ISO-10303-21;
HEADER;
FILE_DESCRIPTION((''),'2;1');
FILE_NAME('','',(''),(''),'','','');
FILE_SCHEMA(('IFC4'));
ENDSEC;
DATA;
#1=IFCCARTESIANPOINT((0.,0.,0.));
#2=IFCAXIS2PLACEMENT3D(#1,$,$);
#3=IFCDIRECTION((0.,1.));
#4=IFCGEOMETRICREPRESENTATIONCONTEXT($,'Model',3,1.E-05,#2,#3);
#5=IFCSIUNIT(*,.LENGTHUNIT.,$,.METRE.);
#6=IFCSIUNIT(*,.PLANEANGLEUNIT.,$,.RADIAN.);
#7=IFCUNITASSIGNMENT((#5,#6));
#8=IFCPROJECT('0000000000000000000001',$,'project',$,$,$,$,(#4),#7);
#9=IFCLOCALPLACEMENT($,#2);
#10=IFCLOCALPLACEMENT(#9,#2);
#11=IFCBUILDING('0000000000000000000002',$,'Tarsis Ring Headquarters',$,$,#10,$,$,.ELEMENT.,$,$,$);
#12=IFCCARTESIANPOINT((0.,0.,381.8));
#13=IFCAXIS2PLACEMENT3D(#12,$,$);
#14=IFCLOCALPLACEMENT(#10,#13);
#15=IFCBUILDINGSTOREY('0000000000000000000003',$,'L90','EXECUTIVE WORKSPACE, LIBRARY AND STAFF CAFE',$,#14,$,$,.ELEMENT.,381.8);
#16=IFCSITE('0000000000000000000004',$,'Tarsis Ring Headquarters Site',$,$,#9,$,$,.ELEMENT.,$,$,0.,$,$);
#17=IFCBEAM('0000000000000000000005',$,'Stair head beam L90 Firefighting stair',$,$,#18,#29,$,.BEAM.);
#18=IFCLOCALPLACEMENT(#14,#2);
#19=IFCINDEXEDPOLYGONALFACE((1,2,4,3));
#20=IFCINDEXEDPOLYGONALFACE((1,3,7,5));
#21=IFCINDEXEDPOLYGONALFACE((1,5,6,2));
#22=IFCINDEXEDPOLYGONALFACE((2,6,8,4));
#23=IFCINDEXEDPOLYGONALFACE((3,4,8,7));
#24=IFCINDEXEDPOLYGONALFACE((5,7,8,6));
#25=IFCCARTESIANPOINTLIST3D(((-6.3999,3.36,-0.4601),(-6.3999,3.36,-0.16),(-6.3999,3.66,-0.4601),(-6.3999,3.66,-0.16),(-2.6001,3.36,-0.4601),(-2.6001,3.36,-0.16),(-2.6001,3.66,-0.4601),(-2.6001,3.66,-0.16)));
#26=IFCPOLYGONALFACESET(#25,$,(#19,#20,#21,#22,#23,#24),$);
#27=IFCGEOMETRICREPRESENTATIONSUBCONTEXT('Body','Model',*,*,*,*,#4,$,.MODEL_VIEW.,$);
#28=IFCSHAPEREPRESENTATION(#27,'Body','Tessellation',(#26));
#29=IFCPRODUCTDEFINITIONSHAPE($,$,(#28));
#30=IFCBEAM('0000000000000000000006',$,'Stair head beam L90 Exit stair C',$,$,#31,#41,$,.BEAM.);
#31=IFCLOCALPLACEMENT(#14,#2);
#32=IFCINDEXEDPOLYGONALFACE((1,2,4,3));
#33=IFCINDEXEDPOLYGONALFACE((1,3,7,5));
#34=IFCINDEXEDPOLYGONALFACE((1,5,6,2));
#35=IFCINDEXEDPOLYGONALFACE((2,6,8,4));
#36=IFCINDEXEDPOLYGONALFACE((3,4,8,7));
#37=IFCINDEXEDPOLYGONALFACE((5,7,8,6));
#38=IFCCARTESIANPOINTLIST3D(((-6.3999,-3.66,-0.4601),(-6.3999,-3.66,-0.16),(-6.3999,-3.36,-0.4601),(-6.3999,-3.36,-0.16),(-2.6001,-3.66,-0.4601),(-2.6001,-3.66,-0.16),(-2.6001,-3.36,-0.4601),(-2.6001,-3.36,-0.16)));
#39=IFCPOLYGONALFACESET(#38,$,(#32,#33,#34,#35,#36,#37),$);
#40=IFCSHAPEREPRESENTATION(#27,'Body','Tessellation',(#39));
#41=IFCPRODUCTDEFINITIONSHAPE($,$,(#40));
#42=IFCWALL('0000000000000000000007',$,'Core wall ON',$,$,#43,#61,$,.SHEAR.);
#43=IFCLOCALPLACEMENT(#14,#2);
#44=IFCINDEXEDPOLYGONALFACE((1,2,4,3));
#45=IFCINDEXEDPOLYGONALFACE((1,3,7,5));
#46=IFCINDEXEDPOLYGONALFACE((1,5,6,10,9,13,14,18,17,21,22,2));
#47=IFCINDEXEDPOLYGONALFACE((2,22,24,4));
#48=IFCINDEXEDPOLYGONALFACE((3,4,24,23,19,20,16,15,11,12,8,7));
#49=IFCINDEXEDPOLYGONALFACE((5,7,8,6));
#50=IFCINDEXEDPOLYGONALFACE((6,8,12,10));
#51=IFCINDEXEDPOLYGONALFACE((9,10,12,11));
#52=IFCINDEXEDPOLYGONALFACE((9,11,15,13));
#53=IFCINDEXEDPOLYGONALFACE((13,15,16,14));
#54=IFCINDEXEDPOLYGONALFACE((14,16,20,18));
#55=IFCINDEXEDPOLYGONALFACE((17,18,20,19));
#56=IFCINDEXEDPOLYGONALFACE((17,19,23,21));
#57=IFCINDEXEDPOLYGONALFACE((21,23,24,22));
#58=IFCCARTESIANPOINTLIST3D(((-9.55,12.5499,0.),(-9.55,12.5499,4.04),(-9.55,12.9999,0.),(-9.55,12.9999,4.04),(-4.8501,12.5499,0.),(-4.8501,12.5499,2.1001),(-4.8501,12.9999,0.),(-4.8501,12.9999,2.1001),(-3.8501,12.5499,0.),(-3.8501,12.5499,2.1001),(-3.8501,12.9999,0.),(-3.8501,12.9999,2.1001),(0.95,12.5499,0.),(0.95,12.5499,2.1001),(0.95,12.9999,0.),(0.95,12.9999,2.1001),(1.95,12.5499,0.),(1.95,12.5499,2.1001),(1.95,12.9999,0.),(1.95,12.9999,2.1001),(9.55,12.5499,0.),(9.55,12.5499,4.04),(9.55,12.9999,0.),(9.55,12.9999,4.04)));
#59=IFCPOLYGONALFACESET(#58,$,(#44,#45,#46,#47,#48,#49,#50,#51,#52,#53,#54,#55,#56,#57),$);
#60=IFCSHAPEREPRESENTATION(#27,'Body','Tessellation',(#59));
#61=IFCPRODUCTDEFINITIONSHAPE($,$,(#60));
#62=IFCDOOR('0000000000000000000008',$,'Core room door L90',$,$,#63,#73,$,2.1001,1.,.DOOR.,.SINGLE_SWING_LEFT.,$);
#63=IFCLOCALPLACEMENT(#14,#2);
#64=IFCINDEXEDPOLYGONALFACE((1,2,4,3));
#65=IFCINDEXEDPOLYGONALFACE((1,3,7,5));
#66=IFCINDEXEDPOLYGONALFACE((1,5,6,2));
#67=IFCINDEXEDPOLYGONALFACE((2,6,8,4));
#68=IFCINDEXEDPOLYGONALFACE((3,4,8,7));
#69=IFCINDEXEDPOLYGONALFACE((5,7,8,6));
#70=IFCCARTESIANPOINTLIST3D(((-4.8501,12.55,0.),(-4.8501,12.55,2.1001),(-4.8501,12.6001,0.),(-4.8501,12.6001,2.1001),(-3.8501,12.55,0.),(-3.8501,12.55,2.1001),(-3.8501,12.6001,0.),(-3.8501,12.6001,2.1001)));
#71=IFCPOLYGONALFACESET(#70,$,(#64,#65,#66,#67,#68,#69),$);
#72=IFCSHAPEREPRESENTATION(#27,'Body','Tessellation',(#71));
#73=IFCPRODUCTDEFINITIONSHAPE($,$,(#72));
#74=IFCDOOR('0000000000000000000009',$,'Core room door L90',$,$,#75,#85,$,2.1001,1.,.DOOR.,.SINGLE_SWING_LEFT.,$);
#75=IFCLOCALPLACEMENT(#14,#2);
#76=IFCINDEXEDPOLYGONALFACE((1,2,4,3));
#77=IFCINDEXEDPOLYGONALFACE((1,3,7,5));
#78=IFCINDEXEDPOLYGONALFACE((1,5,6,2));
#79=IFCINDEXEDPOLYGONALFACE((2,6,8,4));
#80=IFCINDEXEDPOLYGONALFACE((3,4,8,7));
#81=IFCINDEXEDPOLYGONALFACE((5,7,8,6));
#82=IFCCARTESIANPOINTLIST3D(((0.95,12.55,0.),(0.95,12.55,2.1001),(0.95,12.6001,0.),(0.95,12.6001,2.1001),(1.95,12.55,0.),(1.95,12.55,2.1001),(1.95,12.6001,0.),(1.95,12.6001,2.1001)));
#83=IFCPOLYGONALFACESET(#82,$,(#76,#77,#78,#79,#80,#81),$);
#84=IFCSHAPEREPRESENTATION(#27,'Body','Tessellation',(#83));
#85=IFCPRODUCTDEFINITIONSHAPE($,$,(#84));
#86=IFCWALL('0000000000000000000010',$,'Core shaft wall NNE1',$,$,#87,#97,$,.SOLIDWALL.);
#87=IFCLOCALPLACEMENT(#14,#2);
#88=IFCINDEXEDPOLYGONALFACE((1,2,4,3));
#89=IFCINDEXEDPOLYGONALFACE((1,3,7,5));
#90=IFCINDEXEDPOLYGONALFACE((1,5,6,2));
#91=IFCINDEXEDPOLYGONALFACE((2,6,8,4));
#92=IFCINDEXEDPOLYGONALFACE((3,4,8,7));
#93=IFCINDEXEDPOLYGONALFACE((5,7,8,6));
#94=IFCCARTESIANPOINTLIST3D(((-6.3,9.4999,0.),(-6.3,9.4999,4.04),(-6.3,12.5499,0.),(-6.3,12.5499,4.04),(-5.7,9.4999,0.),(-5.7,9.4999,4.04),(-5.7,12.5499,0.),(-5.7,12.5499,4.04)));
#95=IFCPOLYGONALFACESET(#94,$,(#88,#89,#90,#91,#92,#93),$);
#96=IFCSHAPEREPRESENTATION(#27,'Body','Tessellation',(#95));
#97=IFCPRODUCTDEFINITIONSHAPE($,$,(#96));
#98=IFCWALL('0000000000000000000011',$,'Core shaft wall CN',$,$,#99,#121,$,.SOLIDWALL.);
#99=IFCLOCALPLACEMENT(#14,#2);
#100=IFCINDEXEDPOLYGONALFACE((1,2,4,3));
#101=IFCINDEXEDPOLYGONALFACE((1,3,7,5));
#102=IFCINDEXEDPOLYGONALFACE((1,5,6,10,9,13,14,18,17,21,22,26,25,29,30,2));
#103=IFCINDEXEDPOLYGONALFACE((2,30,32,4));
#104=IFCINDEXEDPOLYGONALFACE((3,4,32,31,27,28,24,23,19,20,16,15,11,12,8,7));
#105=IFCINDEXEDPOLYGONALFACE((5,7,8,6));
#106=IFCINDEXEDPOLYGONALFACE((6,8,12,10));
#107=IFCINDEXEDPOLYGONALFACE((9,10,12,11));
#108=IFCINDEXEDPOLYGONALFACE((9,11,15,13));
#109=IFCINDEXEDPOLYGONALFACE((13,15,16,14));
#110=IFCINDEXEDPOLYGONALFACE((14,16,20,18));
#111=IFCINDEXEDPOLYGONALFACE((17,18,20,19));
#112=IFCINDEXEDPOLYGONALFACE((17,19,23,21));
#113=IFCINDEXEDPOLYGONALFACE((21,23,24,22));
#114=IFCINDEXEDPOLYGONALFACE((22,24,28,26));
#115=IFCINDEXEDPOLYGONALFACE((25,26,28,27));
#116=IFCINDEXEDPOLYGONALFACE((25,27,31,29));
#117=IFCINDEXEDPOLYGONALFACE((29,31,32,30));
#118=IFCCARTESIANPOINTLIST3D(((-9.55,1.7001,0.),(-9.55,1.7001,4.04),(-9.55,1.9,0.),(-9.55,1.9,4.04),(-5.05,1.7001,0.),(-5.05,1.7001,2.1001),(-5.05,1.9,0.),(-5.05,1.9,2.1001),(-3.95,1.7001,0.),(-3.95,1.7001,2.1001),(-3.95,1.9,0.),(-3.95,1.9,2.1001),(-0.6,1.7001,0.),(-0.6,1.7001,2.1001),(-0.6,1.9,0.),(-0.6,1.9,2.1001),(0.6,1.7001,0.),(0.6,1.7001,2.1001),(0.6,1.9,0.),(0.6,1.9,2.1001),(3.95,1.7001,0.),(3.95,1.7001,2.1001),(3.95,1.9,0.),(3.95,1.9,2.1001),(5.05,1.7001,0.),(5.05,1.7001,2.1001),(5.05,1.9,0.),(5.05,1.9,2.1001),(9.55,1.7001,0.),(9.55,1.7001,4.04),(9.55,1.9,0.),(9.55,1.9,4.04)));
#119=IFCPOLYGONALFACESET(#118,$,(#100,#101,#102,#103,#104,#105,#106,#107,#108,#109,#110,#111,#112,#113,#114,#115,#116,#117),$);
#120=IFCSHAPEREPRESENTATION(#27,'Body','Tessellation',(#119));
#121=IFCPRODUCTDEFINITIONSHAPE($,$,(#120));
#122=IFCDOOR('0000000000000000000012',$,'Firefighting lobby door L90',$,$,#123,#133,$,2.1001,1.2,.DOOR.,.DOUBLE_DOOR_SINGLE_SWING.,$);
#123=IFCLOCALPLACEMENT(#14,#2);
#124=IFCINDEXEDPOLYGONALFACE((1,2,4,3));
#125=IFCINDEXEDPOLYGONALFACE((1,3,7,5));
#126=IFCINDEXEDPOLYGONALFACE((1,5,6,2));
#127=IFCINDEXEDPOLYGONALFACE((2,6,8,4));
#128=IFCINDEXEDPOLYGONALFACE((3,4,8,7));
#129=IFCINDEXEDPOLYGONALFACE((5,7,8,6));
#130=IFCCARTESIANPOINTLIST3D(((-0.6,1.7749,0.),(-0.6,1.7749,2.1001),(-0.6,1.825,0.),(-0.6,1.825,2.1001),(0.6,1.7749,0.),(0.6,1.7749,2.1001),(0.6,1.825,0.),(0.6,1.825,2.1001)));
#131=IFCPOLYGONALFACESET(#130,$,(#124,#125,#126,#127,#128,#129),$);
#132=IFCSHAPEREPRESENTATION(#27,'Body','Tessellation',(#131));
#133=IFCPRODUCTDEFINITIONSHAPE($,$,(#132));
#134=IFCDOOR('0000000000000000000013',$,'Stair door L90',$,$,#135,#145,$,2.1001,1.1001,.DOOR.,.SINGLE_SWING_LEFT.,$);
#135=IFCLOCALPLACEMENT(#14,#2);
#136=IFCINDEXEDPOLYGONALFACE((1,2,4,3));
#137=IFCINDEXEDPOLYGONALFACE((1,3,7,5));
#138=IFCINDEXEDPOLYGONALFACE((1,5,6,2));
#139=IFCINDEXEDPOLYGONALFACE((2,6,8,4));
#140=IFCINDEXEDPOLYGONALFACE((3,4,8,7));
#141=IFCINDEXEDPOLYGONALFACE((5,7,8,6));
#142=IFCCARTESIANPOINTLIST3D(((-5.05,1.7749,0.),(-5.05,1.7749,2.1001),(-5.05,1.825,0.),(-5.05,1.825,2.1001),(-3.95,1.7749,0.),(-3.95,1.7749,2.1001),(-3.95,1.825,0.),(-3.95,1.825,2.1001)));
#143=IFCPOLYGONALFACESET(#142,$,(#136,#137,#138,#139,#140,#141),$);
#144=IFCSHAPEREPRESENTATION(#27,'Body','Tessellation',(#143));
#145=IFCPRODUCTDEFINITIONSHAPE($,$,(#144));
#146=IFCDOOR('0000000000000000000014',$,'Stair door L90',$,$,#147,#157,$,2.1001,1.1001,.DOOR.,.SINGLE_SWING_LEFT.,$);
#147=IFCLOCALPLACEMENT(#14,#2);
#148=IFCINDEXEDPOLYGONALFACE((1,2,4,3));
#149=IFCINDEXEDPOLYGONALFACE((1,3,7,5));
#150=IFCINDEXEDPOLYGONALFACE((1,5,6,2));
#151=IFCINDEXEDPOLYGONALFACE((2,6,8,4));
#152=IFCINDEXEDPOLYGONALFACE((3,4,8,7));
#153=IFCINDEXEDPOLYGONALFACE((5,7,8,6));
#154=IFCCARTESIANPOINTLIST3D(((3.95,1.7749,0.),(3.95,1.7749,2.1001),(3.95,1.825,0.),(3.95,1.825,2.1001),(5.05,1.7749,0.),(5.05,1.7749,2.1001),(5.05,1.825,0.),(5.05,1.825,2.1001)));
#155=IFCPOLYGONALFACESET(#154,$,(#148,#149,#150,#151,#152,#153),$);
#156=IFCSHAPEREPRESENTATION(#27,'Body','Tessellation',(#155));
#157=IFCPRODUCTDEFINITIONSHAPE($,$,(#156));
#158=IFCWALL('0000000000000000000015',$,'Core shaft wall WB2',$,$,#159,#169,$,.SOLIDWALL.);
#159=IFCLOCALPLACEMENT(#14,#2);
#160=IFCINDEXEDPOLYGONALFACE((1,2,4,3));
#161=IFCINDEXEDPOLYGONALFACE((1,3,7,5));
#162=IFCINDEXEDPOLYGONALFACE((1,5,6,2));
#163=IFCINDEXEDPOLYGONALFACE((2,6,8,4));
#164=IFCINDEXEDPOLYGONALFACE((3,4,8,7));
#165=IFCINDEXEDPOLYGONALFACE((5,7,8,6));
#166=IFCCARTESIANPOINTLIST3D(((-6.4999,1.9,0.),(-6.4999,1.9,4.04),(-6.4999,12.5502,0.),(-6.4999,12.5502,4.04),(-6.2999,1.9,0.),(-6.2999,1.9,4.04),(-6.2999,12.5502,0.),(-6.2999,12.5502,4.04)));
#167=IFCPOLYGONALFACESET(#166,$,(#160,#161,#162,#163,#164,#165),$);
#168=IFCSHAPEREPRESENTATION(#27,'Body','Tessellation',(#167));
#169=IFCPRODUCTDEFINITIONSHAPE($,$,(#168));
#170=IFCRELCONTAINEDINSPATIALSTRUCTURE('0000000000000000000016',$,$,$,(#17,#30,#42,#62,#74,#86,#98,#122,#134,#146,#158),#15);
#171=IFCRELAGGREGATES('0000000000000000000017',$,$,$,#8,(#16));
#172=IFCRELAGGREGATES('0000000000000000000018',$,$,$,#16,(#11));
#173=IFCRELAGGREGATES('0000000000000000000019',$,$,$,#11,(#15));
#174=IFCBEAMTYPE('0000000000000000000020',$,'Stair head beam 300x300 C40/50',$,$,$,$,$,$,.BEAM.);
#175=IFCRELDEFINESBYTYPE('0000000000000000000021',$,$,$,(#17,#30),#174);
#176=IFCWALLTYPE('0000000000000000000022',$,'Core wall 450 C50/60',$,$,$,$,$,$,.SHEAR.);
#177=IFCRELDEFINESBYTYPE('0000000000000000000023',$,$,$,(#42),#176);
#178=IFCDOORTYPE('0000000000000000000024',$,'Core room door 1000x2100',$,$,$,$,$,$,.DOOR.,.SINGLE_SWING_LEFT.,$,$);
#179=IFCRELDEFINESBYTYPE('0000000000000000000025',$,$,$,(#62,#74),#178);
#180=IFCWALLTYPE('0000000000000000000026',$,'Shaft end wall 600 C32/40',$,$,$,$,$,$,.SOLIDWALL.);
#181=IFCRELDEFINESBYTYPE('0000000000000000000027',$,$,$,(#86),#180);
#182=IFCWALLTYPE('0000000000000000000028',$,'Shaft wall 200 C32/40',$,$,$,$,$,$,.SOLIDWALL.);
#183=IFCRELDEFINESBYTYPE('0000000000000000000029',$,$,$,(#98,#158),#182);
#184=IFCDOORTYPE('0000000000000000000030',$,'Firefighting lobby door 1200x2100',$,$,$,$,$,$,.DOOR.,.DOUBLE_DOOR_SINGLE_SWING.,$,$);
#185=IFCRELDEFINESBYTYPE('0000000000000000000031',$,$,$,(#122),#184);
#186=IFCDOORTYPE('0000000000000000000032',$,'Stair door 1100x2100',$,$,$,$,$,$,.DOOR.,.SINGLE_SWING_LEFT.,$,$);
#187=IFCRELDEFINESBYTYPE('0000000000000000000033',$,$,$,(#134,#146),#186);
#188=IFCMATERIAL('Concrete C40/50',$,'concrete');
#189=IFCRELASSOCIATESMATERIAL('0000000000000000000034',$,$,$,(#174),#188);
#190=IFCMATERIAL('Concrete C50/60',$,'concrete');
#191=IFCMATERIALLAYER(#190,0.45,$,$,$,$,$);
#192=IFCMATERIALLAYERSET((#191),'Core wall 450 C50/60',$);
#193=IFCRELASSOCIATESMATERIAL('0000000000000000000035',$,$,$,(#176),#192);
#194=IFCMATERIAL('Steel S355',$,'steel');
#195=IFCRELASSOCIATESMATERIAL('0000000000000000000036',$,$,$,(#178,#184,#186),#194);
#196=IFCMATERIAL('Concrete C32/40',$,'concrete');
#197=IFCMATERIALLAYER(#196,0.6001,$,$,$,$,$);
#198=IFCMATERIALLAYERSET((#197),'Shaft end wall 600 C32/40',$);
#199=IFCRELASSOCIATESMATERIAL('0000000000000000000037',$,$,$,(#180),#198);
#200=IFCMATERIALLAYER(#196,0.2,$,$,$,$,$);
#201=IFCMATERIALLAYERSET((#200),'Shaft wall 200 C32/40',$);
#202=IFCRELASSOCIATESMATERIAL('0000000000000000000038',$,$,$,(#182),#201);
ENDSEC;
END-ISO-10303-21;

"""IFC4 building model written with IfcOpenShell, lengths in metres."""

from ifc_helpers import new_model, si_unit, direction, frame, frame_2d, origin, origin_2d, place, context, subcontext, project, spatial, rectangle, extrude, material, layer, layer_set, material_profile, profile_set, type_object, element, fill, save


model = new_model("IFC4")

# Units and contexts
model_context = context("Model", 3, precision=1e-05, world=origin(), true_north=direction((0.0, 1.0)))
body_context = subcontext(model_context, "Body", "Model", "MODEL_VIEW")
ifc_project = project(units=[si_unit("LENGTHUNIT", "METRE"), si_unit("PLANEANGLEUNIT", "RADIAN")], contexts=[model_context])

# Site, building, storey
site_placement = place(None, origin())
site = spatial("IfcSite", under=ifc_project, at=site_placement, Name="Tarsis Ring Headquarters Site", CompositionType="ELEMENT", RefElevation=0.0)
building_placement = place(site_placement, origin())
building = spatial("IfcBuilding", under=site, at=building_placement, Name="Tarsis Ring Headquarters", CompositionType="ELEMENT")
storey_placement = place(building_placement, frame((0.0, 0.0, 381.8)))
storey = spatial("IfcBuildingStorey", under=building, at=storey_placement, Name="L90", Description="EXECUTIVE WORKSPACE, LIBRARY AND STAFF CAFE", CompositionType="ELEMENT", Elevation=381.8)

# Beams
ifc_material_1 = material(Name="Concrete C40/50", Category="concrete")
ifc_material_profile = material_profile(ifc_material_1, rectangle(XDim=0.3, YDim=0.3, at=origin_2d()), Name="Stair head beam 300x300 C40/50")
ifc_profile_set = profile_set([ifc_material_profile], Name="Concrete C40/50")
beam_type = type_object("IfcBeamType", Name="Stair head beam 300x300 C40/50", PredefinedType="BEAM", material=ifc_profile_set)
for number, where, z_axis, x_axis, name in (
    (1, (-6.3999, 3.51, -0.3101), (1.0, 0.0, 0.0), (0.0, 1.0, 0.0), "Stair head beam L90 Firefighting stair"),
    (2, (-6.3999, -3.51, -0.3101), (1.0, 0.0, 0.0), (0.0, 1.0, 0.0), "Stair head beam L90 Exit stair C"),
):
    element("IfcBeam", number, at=place(storey_placement, frame(where, z_axis=z_axis, x_axis=x_axis)), inside=storey, type_object=beam_type, Name=name, PredefinedType="BEAM", context=body_context, shape_type="SweptSolid", body=[
        extrude(rectangle(XDim=0.3, YDim=0.3, at=origin_2d()), origin(), (0.0, 0.0, 1.0), 3.7998),
    ])

# Wall, openings, doors
ifc_material_2 = material(Name="Concrete C50/60", Category="concrete")
ifc_layer_1 = layer(ifc_material_2, 0.45)
ifc_layer_set_1 = layer_set([ifc_layer_1], Name="Core wall 450 C50/60")
wall_type_1 = type_object("IfcWallType", Name="Core wall 450 C50/60", PredefinedType="SHEAR", material=ifc_layer_set_1)
wall_1_placement = place(storey_placement, frame((-9.55, 12.7749, 0.0), z_axis=(0.0, 0.0, 1.0), x_axis=(1.0, 0.0, 0.0)))
wall_1 = element("IfcWall", 3, at=wall_1_placement, inside=storey, type_object=wall_type_1, Name="Core wall ON", PredefinedType="SHEAR", context=body_context, shape_type="SweptSolid", body=[
    extrude(rectangle(XDim=19.1001, YDim=0.45, at=frame_2d((9.55, 0.0))), origin(), (0.0, 0.0, 1.0), 4.04),
])
opening_1_placement = place(wall_1_placement, frame((4.7, 0.0, 0.0)))
opening_1 = element("IfcOpeningElement", 4, at=opening_1_placement, cuts=wall_1, PredefinedType="OPENING", context=body_context, shape_type="SweptSolid", body=[
    extrude(rectangle(XDim=1.0, YDim=2.1001, at=frame_2d((0.5, 1.05))), frame((0.0, 0.2349, 0.0), z_axis=(0.0, -1.0, 0.0), x_axis=(1.0, 0.0, 0.0)), (0.0, 0.0, 1.0), 0.47),
])
opening_2_placement = place(wall_1_placement, frame((10.5, 0.0, 0.0)))
opening_2 = element("IfcOpeningElement", 5, at=opening_2_placement, cuts=wall_1, PredefinedType="OPENING", context=body_context, shape_type="SweptSolid", body=[
    extrude(rectangle(XDim=1.0, YDim=2.1001, at=frame_2d((0.5, 1.05))), frame((0.0, 0.2349, 0.0), z_axis=(0.0, -1.0, 0.0), x_axis=(1.0, 0.0, 0.0)), (0.0, 0.0, 1.0), 0.47),
])
ifc_material_3 = material(Name="Steel S355", Category="steel")
door_type_1 = type_object("IfcDoorType", Name="Core room door 1000x2100", OperationType="SINGLE_SWING_LEFT", PredefinedType="DOOR", material=ifc_material_3)
door_1_placement = place(opening_1_placement, origin())
door_1 = element("IfcDoor", 6, at=door_1_placement, inside=storey, type_object=door_type_1, Name="Core room door L90", OperationType="SINGLE_SWING_LEFT", OverallHeight=2.1001, OverallWidth=1.0, PredefinedType="DOOR", context=body_context, shape_type="SweptSolid", body=[
    extrude(rectangle(XDim=1.0, YDim=2.1001, at=frame_2d((0.5, 1.05))), frame((0.0, -0.1748, 0.0), z_axis=(0.0, -1.0, 0.0), x_axis=(1.0, 0.0, 0.0)), (0.0, 0.0, 1.0), 0.05),
])
fill(opening_1, door_1)
door_2_placement = place(opening_2_placement, origin())
door_2 = element("IfcDoor", 7, at=door_2_placement, inside=storey, type_object=door_type_1, Name="Core room door L90", OperationType="SINGLE_SWING_LEFT", OverallHeight=2.1001, OverallWidth=1.0, PredefinedType="DOOR", context=body_context, shape_type="SweptSolid", body=[
    extrude(rectangle(XDim=1.0, YDim=2.1001, at=frame_2d((0.5, 1.05))), frame((0.0, -0.1748, 0.0), z_axis=(0.0, -1.0, 0.0), x_axis=(1.0, 0.0, 0.0)), (0.0, 0.0, 1.0), 0.05),
])
fill(opening_2, door_2)

# Wall
ifc_material_4 = material(Name="Concrete C32/40", Category="concrete")
ifc_layer_2 = layer(ifc_material_4, 0.6001)
ifc_layer_set_2 = layer_set([ifc_layer_2], Name="Shaft end wall 600 C32/40")
wall_type_2 = type_object("IfcWallType", Name="Shaft end wall 600 C32/40", PredefinedType="SOLIDWALL", material=ifc_layer_set_2)
wall_2_placement = place(storey_placement, frame((-6.0, 9.5, 0.0), z_axis=(0.0, 0.0, 1.0), x_axis=(0.0, 1.0, 0.0)))
element("IfcWall", 8, at=wall_2_placement, inside=storey, type_object=wall_type_2, Name="Core shaft wall NNE1", PredefinedType="SOLIDWALL", context=body_context, shape_type="SweptSolid", body=[
    extrude(rectangle(XDim=3.05, YDim=0.6001, at=frame_2d((1.5249, 0.0))), origin(), (0.0, 0.0, 1.0), 4.04),
])

# Wall, openings, doors
ifc_layer_3 = layer(ifc_material_4, 0.2)
ifc_layer_set_3 = layer_set([ifc_layer_3], Name="Shaft wall 200 C32/40")
wall_type_3 = type_object("IfcWallType", Name="Shaft wall 200 C32/40", PredefinedType="SOLIDWALL", material=ifc_layer_set_3)
wall_3_placement = place(storey_placement, frame((-9.55, 1.8, 0.0), z_axis=(0.0, 0.0, 1.0), x_axis=(1.0, 0.0, 0.0)))
wall_3 = element("IfcWall", 9, at=wall_3_placement, inside=storey, type_object=wall_type_3, Name="Core shaft wall CN", PredefinedType="SOLIDWALL", context=body_context, shape_type="SweptSolid", body=[
    extrude(rectangle(XDim=19.1001, YDim=0.2, at=frame_2d((9.55, 0.0))), origin(), (0.0, 0.0, 1.0), 4.04),
])
opening_3_placement = place(wall_3_placement, frame((4.5, 0.0, 0.0)))
opening_3 = element("IfcOpeningElement", 10, at=opening_3_placement, cuts=wall_3, PredefinedType="OPENING", context=body_context, shape_type="SweptSolid", body=[
    extrude(rectangle(XDim=1.1001, YDim=2.1001, at=frame_2d((0.55, 1.05))), frame((0.0, 0.1099, 0.0), z_axis=(0.0, -1.0, 0.0), x_axis=(1.0, 0.0, 0.0)), (0.0, 0.0, 1.0), 0.22),
])
opening_4_placement = place(wall_3_placement, frame((8.95, 0.0, 0.0)))
opening_4 = element("IfcOpeningElement", 11, at=opening_4_placement, cuts=wall_3, PredefinedType="OPENING", context=body_context, shape_type="SweptSolid", body=[
    extrude(rectangle(XDim=1.2, YDim=2.1001, at=frame_2d((0.6001, 1.05))), frame((0.0, 0.1099, 0.0), z_axis=(0.0, -1.0, 0.0), x_axis=(1.0, 0.0, 0.0)), (0.0, 0.0, 1.0), 0.22),
])
opening_5_placement = place(wall_3_placement, frame((13.5, 0.0, 0.0)))
opening_5 = element("IfcOpeningElement", 12, at=opening_5_placement, cuts=wall_3, PredefinedType="OPENING", context=body_context, shape_type="SweptSolid", body=[
    extrude(rectangle(XDim=1.1001, YDim=2.1001, at=frame_2d((0.55, 1.05))), frame((0.0, 0.1099, 0.0), z_axis=(0.0, -1.0, 0.0), x_axis=(1.0, 0.0, 0.0)), (0.0, 0.0, 1.0), 0.22),
])
door_type_2 = type_object("IfcDoorType", Name="Firefighting lobby door 1200x2100", OperationType="DOUBLE_DOOR_SINGLE_SWING", PredefinedType="DOOR", material=ifc_material_3)
door_3_placement = place(opening_4_placement, origin())
door_3 = element("IfcDoor", 13, at=door_3_placement, inside=storey, type_object=door_type_2, Name="Firefighting lobby door L90", OperationType="DOUBLE_DOOR_SINGLE_SWING", OverallHeight=2.1001, OverallWidth=1.2, PredefinedType="DOOR", context=body_context, shape_type="SweptSolid", body=[
    extrude(rectangle(XDim=1.2, YDim=2.1001, at=frame_2d((0.6001, 1.05))), frame((0.0, 0.0249, 0.0), z_axis=(0.0, -1.0, 0.0), x_axis=(1.0, 0.0, 0.0)), (0.0, 0.0, 1.0), 0.05),
])
fill(opening_4, door_3)
door_type_3 = type_object("IfcDoorType", Name="Stair door 1100x2100", OperationType="SINGLE_SWING_LEFT", PredefinedType="DOOR", material=ifc_material_3)
door_4_placement = place(opening_3_placement, origin())
door_4 = element("IfcDoor", 14, at=door_4_placement, inside=storey, type_object=door_type_3, Name="Stair door L90", OperationType="SINGLE_SWING_LEFT", OverallHeight=2.1001, OverallWidth=1.1001, PredefinedType="DOOR", context=body_context, shape_type="SweptSolid", body=[
    extrude(rectangle(XDim=1.1001, YDim=2.1001, at=frame_2d((0.55, 1.05))), frame((0.0, 0.0249, 0.0), z_axis=(0.0, -1.0, 0.0), x_axis=(1.0, 0.0, 0.0)), (0.0, 0.0, 1.0), 0.05),
])
fill(opening_3, door_4)
door_5_placement = place(opening_5_placement, origin())
door_5 = element("IfcDoor", 15, at=door_5_placement, inside=storey, type_object=door_type_3, Name="Stair door L90", OperationType="SINGLE_SWING_LEFT", OverallHeight=2.1001, OverallWidth=1.1001, PredefinedType="DOOR", context=body_context, shape_type="SweptSolid", body=[
    extrude(rectangle(XDim=1.1001, YDim=2.1001, at=frame_2d((0.55, 1.05))), frame((0.0, 0.0249, 0.0), z_axis=(0.0, -1.0, 0.0), x_axis=(1.0, 0.0, 0.0)), (0.0, 0.0, 1.0), 0.05),
])
fill(opening_5, door_5)

# Wall
wall_4_placement = place(storey_placement, frame((-6.3999, 1.8999, 0.0), z_axis=(0.0, 0.0, 1.0), x_axis=(0.0, 1.0, 0.0)))
element("IfcWall", 16, at=wall_4_placement, inside=storey, type_object=wall_type_3, Name="Core shaft wall WB2", PredefinedType="SOLIDWALL", context=body_context, shape_type="SweptSolid", body=[
    extrude(rectangle(XDim=10.6501, YDim=0.2, at=frame_2d((5.3252, 0.0))), origin(), (0.0, 0.0, 1.0), 4.04),
])

save(model, "model.ifc")
